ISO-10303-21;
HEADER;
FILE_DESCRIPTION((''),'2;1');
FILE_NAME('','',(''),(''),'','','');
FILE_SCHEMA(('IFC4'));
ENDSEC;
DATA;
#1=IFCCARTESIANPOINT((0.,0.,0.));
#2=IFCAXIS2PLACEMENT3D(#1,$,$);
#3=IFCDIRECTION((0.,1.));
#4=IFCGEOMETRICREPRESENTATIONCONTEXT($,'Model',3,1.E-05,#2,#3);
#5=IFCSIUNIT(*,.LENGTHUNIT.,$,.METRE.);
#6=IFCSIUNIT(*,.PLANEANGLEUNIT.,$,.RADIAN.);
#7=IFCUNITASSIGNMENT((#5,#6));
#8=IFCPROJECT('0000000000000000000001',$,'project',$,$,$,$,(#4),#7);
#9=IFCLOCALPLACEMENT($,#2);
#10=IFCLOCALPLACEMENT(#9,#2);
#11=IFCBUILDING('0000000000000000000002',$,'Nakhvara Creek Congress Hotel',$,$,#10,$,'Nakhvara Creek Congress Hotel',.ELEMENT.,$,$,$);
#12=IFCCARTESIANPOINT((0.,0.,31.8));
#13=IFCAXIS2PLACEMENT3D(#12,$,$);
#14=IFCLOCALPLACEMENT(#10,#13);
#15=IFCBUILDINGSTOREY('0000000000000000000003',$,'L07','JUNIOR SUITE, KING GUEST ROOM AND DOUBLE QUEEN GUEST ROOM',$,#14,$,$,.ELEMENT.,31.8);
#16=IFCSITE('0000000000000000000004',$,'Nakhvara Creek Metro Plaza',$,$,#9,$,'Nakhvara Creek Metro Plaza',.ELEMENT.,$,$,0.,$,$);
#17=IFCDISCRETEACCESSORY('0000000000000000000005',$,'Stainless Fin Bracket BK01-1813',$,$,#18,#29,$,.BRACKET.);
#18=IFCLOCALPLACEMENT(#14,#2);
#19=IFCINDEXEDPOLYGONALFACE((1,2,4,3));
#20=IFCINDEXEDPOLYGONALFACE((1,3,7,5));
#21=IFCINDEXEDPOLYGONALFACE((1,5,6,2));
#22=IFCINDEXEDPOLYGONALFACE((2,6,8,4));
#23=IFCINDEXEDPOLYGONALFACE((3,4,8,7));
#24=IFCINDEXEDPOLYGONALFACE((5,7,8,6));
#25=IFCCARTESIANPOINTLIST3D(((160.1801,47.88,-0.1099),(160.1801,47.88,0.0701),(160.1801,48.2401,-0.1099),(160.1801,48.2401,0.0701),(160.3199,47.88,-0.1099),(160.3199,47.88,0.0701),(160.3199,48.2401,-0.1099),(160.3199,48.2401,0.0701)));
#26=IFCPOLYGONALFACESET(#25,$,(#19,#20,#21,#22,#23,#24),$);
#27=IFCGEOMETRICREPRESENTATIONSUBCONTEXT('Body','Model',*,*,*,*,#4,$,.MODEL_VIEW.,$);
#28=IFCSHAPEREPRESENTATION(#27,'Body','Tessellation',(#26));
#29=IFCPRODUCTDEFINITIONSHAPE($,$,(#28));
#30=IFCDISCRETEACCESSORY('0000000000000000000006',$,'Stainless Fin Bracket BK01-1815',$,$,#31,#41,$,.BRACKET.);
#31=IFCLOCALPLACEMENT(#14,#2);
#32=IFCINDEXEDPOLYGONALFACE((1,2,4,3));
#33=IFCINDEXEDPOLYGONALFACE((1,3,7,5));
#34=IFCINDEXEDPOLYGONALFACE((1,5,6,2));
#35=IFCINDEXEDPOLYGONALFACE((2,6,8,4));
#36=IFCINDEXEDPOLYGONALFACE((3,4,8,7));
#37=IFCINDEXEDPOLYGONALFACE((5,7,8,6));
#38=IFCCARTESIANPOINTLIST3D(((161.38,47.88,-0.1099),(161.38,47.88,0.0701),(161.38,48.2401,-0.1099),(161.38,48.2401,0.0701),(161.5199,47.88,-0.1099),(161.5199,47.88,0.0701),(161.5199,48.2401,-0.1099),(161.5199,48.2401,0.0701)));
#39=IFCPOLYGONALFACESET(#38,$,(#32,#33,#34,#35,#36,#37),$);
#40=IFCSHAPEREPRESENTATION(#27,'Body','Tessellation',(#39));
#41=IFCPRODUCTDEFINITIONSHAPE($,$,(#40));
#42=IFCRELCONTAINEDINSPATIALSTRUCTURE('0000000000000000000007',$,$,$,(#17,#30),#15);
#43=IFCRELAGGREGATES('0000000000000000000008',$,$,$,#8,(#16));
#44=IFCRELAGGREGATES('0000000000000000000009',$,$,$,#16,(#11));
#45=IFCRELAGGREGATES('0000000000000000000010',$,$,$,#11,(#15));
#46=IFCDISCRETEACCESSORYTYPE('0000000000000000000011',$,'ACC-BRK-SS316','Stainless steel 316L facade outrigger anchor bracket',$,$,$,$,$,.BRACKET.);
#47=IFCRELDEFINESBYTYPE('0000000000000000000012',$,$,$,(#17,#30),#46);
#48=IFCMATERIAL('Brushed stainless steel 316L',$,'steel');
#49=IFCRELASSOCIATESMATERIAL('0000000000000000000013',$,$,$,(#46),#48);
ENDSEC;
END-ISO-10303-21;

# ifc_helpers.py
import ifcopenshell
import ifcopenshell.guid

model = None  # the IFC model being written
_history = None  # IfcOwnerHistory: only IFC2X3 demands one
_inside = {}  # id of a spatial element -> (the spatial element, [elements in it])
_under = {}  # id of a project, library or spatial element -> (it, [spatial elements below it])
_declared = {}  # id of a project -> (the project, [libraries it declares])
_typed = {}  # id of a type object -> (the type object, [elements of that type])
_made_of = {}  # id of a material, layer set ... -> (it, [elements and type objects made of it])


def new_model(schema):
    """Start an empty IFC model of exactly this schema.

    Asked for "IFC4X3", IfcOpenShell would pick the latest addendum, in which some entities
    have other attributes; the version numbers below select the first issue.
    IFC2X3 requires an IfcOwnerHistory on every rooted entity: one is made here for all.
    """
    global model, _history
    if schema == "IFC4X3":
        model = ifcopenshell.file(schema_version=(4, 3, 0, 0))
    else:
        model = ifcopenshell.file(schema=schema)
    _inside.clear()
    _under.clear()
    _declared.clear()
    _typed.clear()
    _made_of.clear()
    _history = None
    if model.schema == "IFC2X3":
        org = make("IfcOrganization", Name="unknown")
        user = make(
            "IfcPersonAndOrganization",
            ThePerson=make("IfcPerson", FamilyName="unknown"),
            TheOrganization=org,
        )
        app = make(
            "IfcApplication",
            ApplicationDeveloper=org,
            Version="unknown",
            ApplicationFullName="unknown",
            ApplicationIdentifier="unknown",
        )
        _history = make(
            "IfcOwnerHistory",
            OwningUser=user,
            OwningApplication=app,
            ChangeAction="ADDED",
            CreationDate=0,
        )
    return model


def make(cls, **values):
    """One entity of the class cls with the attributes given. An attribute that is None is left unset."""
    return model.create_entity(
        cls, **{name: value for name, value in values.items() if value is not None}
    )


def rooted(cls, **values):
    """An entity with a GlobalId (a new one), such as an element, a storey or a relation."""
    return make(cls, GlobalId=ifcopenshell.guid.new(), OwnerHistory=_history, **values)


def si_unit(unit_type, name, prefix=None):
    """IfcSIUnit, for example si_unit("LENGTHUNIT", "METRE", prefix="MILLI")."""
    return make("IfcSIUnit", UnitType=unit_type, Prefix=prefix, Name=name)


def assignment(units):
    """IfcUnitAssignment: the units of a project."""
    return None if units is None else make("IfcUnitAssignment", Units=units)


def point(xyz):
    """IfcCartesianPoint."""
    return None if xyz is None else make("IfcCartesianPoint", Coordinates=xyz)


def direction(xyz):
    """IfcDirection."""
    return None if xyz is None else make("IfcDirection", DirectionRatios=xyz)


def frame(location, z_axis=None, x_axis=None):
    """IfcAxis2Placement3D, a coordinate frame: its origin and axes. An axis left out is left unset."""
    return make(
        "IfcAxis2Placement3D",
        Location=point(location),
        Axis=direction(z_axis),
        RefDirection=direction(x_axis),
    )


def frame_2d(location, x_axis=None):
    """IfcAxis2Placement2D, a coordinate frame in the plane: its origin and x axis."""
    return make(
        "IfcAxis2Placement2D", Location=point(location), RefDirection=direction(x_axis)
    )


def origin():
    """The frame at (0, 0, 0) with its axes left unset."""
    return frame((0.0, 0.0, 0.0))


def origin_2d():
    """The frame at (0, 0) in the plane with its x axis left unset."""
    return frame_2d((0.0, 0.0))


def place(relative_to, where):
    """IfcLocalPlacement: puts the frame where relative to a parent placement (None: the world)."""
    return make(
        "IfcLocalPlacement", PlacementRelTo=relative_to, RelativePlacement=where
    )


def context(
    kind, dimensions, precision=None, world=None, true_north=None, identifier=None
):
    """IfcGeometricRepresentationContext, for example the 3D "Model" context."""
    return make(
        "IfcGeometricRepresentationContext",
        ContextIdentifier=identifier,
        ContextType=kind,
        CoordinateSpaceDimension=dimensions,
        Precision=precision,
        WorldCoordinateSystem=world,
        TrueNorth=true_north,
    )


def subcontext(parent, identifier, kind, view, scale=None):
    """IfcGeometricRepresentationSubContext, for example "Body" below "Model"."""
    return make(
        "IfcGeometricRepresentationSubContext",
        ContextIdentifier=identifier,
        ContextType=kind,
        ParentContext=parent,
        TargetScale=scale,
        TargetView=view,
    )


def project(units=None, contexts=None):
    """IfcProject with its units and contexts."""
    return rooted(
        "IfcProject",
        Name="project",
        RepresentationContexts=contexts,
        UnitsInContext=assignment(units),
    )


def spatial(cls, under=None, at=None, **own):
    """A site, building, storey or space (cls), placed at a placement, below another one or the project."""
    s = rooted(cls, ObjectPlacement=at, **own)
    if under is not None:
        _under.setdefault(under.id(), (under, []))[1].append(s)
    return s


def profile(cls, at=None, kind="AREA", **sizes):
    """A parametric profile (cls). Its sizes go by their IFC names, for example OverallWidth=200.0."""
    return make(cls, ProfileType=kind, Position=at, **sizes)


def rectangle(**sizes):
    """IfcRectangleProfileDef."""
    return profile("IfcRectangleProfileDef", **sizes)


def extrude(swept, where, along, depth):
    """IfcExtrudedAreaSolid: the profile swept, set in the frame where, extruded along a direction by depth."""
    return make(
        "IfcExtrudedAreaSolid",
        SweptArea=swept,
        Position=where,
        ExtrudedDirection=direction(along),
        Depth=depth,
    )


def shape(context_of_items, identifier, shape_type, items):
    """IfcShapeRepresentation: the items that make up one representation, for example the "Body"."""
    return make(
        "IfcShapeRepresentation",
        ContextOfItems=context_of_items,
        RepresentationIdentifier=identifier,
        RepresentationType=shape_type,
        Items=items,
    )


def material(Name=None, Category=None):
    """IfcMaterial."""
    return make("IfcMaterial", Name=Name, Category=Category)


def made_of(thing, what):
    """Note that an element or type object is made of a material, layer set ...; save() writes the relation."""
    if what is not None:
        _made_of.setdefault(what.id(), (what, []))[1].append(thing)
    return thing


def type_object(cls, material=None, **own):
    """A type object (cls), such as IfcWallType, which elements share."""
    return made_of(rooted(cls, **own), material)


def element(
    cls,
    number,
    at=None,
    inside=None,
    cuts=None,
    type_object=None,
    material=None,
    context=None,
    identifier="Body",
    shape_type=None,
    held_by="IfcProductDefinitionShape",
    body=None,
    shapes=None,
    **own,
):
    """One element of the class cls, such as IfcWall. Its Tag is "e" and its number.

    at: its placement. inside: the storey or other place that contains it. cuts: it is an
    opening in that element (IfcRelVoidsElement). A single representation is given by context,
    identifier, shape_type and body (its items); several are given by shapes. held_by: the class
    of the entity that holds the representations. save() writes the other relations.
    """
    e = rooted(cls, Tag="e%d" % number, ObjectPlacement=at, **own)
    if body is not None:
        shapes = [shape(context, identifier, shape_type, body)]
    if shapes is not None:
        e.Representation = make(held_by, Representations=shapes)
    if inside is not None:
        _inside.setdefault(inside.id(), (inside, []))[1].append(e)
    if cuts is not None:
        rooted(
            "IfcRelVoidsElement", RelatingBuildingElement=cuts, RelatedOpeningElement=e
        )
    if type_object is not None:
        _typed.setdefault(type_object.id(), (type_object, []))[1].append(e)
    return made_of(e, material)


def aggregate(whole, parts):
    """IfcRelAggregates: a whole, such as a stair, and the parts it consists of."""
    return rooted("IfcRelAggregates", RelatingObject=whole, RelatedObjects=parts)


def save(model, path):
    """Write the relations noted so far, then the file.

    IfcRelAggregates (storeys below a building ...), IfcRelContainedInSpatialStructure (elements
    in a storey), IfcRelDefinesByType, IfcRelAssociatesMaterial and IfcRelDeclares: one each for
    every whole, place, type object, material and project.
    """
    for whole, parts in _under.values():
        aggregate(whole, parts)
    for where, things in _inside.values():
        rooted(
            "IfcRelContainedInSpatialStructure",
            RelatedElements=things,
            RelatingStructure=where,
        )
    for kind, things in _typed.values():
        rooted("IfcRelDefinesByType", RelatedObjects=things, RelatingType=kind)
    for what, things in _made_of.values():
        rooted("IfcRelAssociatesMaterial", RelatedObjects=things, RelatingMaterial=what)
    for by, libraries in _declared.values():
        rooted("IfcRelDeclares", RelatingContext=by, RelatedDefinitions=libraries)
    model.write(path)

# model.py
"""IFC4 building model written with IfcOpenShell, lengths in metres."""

from ifc_helpers import new_model, si_unit, direction, frame, origin, origin_2d, place, context, subcontext, project, spatial, rectangle, extrude, material, type_object, element, save


model = new_model("IFC4")

# Units and contexts
model_context = context("Model", 3, precision=1e-05, world=origin(), true_north=direction((0.0, 1.0)))
body_context = subcontext(model_context, "Body", "Model", "MODEL_VIEW")
ifc_project = project(units=[si_unit("LENGTHUNIT", "METRE"), si_unit("PLANEANGLEUNIT", "RADIAN")], contexts=[model_context])

# Site, building, storey
site_placement = place(None, origin())
site = spatial("IfcSite", under=ifc_project, at=site_placement, Name="Nakhvara Creek Metro Plaza", LongName="Nakhvara Creek Metro Plaza", CompositionType="ELEMENT", RefElevation=0.0)
building_placement = place(site_placement, origin())
building = spatial("IfcBuilding", under=site, at=building_placement, Name="Nakhvara Creek Congress Hotel", LongName="Nakhvara Creek Congress Hotel", CompositionType="ELEMENT")
storey_placement = place(building_placement, frame((0.0, 0.0, 31.8)))
storey = spatial("IfcBuildingStorey", under=building, at=storey_placement, Name="L07", Description="JUNIOR SUITE, KING GUEST ROOM AND DOUBLE QUEEN GUEST ROOM", CompositionType="ELEMENT", Elevation=31.8)

# Discrete accessories
ifc_material_1 = material(Name="Brushed stainless steel 316L", Category="steel")
discrete_accessory_type = type_object("IfcDiscreteAccessoryType", Name="ACC-BRK-SS316", Description="Stainless steel 316L facade outrigger anchor bracket", PredefinedType="BRACKET", material=ifc_material_1)
for number, where, z_axis, x_axis, name in (
    (1, (160.25, 48.0601, -0.1099), (0.0, 0.0, 1.0), (1.0, 0.0, 0.0), "Stainless Fin Bracket BK01-1813"),
    (2, (161.45, 48.0601, -0.1099), (0.0, 0.0, 1.0), (1.0, 0.0, 0.0), "Stainless Fin Bracket BK01-1815"),
):
    element("IfcDiscreteAccessory", number, at=place(storey_placement, frame(where, z_axis=z_axis, x_axis=x_axis)), inside=storey, type_object=discrete_accessory_type, Name=name, PredefinedType="BRACKET", context=body_context, shape_type="SweptSolid", body=[
        extrude(rectangle(XDim=0.1399, YDim=0.3601, at=origin_2d()), origin(), (0.0, 0.0, 1.0), 0.1799),
    ])

save(model, "model.ifc")
